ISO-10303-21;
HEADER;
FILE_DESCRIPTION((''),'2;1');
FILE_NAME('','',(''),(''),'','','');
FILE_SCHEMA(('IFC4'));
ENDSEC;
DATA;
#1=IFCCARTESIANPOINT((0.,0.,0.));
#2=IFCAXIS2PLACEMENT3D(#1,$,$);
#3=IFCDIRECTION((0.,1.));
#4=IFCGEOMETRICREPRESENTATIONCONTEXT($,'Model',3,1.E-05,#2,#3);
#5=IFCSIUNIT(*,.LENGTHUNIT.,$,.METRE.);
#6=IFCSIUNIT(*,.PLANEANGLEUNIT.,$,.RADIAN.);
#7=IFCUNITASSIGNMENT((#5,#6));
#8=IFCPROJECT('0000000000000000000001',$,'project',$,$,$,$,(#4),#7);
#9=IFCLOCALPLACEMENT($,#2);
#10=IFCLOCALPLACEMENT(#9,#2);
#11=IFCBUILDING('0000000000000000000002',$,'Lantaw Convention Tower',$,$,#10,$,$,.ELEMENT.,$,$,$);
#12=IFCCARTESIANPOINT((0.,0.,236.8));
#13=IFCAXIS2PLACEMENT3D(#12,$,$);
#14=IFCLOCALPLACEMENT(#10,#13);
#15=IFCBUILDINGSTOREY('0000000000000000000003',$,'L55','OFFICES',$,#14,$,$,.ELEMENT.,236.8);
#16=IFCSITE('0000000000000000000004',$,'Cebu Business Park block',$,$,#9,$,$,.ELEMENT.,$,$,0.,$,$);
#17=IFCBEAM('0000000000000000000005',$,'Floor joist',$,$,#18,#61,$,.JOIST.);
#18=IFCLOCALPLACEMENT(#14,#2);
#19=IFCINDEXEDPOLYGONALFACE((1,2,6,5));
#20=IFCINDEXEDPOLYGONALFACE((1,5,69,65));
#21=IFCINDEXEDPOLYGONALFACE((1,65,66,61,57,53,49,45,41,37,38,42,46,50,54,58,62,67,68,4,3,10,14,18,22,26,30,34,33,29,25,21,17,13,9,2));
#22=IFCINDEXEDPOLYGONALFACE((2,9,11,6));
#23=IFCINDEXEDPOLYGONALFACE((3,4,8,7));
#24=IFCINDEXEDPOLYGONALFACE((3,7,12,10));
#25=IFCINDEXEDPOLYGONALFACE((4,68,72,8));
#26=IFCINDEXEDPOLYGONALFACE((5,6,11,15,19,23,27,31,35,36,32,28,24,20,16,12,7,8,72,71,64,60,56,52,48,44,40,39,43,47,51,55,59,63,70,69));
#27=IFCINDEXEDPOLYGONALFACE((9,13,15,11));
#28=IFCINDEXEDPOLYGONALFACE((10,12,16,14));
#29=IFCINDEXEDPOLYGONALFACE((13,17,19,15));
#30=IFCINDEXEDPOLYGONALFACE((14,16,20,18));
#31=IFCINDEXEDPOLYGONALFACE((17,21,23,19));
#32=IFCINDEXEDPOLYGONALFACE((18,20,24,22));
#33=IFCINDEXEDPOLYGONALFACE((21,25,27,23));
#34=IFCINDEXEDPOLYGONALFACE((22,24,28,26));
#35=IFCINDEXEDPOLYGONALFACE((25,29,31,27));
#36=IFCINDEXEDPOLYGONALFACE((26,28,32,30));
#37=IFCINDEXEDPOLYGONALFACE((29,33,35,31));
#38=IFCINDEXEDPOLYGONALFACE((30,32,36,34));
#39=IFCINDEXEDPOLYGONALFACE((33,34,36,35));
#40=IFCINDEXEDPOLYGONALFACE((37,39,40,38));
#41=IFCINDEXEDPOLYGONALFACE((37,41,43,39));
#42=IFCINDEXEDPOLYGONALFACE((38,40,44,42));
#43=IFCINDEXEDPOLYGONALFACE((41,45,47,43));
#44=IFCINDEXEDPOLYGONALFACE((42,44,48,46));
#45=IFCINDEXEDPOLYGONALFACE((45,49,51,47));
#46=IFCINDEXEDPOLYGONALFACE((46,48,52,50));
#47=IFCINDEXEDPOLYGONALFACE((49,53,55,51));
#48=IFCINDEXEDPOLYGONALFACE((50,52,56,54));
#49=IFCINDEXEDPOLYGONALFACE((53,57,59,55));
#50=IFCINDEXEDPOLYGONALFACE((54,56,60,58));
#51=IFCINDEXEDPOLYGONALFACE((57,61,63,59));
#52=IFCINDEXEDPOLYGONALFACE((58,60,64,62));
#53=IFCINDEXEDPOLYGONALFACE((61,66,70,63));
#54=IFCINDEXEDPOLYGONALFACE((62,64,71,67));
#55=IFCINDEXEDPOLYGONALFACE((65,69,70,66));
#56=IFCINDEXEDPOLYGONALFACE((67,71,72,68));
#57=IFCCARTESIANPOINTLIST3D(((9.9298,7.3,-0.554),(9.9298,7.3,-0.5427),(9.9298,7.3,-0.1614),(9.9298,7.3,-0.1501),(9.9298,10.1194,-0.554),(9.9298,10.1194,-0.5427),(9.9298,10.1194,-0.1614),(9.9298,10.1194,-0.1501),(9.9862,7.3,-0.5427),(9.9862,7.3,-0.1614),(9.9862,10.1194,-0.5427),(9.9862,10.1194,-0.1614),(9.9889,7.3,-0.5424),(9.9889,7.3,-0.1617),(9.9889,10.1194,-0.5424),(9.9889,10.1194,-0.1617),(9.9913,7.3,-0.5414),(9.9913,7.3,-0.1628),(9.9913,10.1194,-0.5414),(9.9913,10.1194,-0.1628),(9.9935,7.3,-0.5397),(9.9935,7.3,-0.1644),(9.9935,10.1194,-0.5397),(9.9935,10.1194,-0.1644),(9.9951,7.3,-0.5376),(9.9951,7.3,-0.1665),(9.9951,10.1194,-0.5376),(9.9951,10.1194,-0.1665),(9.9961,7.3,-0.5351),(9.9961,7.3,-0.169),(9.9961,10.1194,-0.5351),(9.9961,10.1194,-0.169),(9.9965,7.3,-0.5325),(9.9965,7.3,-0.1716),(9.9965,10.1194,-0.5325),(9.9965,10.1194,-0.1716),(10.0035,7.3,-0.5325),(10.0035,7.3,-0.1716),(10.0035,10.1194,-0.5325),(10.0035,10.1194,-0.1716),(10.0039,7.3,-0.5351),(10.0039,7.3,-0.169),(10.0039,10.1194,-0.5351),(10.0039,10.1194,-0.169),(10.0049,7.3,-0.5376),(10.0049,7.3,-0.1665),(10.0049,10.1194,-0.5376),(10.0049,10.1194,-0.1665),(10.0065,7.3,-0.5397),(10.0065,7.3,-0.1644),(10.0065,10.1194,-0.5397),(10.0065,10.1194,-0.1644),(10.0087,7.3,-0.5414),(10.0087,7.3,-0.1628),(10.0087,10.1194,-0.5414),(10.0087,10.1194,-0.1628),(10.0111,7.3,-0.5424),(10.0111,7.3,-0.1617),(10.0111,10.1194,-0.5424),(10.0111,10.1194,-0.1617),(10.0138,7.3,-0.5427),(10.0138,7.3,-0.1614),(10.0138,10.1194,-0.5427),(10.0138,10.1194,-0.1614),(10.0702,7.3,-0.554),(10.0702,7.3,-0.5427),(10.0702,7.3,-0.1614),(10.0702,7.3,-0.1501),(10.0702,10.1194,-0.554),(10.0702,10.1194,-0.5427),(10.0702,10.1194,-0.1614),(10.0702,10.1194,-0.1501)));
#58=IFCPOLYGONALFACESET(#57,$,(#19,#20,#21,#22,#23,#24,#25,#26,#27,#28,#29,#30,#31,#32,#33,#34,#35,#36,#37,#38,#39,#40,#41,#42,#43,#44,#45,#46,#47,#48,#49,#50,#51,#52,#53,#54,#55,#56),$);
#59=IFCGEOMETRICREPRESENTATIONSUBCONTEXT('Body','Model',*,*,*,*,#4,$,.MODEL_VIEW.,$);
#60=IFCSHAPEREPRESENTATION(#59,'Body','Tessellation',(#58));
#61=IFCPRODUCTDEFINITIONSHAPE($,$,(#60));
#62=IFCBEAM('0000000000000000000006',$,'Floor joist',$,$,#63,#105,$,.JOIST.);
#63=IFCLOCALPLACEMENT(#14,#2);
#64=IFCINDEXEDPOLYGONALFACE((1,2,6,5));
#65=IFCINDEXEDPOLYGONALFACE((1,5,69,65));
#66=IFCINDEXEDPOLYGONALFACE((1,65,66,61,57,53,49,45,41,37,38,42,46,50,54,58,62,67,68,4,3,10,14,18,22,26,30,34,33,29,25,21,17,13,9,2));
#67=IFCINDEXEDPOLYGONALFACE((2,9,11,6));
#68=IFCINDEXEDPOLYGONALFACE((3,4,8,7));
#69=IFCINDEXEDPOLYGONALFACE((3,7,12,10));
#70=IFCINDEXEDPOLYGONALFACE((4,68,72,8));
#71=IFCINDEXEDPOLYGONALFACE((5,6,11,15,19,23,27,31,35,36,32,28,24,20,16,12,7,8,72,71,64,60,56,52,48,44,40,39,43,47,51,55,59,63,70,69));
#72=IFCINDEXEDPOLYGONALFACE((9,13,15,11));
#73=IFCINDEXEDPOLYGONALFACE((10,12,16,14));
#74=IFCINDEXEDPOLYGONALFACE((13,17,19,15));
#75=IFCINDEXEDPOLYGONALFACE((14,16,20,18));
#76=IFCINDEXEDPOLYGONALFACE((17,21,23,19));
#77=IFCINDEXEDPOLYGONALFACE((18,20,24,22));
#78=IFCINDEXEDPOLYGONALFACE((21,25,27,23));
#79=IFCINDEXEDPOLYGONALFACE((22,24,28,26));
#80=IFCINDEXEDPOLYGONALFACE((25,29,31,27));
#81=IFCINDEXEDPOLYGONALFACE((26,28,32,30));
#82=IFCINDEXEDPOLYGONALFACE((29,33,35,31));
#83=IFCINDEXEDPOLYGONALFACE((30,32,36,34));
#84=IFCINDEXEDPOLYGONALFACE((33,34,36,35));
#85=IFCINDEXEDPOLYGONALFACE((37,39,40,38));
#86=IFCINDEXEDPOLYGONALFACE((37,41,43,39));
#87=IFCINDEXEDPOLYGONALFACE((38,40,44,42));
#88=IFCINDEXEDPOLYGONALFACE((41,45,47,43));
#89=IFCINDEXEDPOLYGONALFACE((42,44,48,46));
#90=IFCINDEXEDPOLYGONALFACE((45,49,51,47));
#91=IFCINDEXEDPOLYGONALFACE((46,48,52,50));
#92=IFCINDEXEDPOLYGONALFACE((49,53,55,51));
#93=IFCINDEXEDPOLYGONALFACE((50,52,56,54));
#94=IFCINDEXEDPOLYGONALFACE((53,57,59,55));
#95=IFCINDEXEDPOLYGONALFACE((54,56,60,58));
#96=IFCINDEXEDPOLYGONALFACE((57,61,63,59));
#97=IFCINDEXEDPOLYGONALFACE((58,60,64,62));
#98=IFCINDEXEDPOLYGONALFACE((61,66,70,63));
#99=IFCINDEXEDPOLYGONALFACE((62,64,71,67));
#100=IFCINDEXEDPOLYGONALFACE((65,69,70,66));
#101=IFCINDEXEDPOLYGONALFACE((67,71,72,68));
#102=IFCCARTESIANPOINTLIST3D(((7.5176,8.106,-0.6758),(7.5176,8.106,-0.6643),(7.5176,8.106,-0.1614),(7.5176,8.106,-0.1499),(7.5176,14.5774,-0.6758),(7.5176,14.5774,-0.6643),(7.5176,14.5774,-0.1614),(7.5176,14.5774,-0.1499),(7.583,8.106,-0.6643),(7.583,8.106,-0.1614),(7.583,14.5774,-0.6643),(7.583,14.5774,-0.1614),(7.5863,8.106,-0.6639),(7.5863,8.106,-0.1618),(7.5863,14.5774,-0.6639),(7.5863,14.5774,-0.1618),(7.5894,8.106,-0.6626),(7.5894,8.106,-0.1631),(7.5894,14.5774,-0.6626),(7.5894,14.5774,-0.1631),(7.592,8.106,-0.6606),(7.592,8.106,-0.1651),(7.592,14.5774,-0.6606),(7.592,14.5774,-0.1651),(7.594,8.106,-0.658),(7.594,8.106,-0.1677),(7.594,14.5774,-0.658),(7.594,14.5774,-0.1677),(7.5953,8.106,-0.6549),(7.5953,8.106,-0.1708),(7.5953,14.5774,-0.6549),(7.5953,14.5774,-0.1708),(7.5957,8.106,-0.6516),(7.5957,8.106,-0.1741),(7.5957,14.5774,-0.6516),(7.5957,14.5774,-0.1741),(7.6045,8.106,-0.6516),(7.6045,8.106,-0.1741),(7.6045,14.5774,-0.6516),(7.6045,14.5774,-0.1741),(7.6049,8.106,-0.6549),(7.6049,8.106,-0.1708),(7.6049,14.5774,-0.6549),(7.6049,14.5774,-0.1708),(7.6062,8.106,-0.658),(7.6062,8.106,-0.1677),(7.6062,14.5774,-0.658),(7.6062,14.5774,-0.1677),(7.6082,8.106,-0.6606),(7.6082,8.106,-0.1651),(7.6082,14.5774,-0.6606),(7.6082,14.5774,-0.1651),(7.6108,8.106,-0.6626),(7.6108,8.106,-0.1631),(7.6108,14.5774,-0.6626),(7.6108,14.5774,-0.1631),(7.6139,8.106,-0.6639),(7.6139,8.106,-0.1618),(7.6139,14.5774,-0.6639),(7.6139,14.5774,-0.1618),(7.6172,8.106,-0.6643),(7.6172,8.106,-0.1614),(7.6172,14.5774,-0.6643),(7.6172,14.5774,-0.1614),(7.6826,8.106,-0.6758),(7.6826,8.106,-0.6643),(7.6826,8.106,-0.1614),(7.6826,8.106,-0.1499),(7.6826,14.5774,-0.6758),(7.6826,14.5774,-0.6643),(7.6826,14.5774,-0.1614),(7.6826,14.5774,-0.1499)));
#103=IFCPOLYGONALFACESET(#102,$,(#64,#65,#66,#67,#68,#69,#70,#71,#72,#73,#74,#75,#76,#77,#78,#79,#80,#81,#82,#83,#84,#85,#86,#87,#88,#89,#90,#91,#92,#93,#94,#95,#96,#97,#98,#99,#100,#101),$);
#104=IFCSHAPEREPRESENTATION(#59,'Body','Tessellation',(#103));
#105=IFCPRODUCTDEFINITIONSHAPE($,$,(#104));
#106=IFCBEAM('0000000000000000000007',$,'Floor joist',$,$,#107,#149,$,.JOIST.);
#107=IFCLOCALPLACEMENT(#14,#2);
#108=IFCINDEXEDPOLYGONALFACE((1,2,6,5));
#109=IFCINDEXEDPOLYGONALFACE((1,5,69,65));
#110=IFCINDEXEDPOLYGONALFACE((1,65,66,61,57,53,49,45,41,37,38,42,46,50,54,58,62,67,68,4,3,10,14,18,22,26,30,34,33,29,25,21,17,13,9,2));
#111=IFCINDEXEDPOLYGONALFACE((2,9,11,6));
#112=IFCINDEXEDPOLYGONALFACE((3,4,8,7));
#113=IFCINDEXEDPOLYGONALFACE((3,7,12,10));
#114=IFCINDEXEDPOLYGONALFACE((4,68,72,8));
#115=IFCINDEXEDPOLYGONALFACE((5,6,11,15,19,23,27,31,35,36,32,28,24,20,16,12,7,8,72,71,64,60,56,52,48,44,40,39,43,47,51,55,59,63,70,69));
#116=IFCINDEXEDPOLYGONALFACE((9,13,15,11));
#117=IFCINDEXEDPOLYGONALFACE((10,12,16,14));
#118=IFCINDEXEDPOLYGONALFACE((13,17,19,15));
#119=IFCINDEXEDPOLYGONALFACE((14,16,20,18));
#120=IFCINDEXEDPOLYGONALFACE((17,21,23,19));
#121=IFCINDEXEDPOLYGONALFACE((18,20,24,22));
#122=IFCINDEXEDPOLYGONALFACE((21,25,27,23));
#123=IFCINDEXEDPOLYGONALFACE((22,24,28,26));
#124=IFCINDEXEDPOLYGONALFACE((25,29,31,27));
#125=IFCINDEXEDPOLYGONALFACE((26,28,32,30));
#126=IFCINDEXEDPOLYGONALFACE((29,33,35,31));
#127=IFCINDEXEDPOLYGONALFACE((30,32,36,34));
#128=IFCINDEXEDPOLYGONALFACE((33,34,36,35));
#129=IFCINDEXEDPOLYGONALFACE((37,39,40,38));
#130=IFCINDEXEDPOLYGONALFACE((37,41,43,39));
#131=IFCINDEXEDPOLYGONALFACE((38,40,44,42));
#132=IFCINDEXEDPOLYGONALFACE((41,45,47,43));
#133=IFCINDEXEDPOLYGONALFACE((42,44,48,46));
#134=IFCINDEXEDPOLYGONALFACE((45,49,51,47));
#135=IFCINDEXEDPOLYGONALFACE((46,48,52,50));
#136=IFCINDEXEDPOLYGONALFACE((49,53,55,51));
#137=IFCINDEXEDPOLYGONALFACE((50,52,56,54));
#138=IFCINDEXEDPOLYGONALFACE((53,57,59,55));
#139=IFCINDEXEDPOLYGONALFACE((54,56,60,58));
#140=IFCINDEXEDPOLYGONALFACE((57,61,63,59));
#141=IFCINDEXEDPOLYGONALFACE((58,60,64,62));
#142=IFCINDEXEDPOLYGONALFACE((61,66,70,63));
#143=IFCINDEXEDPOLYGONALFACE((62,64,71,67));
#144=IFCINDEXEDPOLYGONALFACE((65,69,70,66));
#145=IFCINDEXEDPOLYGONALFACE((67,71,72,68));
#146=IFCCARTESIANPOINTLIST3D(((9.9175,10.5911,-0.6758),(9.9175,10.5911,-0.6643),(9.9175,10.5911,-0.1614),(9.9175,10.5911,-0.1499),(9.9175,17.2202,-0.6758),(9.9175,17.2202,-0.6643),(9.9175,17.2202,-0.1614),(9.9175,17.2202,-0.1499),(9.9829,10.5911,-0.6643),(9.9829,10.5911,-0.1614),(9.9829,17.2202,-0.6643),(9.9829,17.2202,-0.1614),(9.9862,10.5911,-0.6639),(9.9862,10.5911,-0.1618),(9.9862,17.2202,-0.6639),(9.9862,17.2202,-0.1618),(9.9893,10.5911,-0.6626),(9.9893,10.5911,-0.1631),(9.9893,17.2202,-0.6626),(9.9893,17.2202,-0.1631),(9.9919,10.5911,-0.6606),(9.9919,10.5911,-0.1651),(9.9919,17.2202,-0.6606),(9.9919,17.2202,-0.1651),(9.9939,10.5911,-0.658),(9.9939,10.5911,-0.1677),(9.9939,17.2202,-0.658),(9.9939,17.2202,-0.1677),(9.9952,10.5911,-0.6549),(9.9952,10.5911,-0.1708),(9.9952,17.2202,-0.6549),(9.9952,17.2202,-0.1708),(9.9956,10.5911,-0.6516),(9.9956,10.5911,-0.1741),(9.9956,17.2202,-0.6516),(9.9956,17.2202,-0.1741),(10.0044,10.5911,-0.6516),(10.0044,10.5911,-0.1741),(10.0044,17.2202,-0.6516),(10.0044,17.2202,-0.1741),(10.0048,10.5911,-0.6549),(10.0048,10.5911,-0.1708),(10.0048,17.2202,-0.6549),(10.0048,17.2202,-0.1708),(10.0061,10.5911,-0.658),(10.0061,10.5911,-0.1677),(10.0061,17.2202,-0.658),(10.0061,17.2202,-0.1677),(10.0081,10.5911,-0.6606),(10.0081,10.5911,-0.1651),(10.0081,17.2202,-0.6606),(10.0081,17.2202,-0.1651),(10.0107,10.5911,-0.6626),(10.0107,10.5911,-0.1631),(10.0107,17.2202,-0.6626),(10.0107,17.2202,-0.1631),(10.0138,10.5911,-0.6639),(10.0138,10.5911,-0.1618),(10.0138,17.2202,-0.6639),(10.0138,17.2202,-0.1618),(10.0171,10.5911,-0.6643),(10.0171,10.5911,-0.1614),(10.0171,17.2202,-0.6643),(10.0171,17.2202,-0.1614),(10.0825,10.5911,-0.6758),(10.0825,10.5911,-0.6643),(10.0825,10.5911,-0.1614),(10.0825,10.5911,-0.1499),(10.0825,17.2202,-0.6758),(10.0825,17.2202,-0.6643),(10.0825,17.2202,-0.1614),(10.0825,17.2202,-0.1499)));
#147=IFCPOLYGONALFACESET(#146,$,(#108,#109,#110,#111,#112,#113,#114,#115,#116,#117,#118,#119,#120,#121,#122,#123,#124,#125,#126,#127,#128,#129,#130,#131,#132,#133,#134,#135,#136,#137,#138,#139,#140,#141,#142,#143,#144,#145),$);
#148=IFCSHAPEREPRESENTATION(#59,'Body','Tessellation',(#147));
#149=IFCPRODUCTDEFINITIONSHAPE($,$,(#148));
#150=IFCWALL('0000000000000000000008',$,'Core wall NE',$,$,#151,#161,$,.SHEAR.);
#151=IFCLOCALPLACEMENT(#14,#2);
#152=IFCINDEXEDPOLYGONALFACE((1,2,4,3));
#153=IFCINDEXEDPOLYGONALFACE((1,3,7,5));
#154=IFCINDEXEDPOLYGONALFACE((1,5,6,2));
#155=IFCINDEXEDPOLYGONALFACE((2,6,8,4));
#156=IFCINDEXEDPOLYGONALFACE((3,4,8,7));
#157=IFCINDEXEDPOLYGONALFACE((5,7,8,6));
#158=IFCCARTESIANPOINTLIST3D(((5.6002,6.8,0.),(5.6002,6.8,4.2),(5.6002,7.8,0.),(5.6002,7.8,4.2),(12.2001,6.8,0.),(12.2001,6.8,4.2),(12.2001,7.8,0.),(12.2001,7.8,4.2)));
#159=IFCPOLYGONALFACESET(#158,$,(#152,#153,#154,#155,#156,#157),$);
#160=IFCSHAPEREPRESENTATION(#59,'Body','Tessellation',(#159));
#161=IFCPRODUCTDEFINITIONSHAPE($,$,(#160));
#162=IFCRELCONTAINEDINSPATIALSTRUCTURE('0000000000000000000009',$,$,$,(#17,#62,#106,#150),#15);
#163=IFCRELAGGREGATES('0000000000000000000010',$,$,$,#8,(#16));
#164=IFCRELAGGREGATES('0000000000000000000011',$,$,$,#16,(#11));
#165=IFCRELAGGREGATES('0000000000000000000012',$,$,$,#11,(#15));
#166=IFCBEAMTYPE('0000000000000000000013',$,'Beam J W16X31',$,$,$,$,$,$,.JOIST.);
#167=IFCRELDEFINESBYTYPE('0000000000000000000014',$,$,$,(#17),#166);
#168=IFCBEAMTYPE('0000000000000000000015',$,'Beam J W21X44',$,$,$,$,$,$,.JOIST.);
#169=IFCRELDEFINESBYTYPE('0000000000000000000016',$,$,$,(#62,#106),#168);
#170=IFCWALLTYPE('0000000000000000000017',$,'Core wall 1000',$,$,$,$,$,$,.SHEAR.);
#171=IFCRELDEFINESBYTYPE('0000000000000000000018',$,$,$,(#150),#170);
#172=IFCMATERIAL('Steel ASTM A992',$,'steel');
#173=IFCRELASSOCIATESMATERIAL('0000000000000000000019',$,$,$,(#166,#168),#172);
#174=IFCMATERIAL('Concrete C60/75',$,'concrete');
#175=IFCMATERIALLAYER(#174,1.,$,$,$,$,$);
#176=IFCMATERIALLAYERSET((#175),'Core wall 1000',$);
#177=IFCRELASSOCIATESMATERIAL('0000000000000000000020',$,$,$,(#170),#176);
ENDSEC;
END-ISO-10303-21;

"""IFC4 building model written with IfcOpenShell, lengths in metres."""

from ifc_helpers import new_model, si_unit, direction, frame, frame_2d, origin, origin_2d, place, context, subcontext, project, spatial, rectangle, i_section, extrude, material, layer, layer_set, material_profile, profile_set, type_object, element, save


model = new_model("IFC4")

# Units and contexts
model_context = context("Model", 3, precision=1e-05, world=origin(), true_north=direction((0.0, 1.0)))
body_context = subcontext(model_context, "Body", "Model", "MODEL_VIEW")
ifc_project = project(units=[si_unit("LENGTHUNIT", "METRE"), si_unit("PLANEANGLEUNIT", "RADIAN")], contexts=[model_context])

# Site, building, storey
site_placement = place(None, origin())
site = spatial("IfcSite", under=ifc_project, at=site_placement, Name="Cebu Business Park block", CompositionType="ELEMENT", RefElevation=0.0)
building_placement = place(site_placement, origin())
building = spatial("IfcBuilding", under=site, at=building_placement, Name="Lantaw Convention Tower", CompositionType="ELEMENT")
storey_placement = place(building_placement, frame((0.0, 0.0, 236.8)))
storey = spatial("IfcBuildingStorey", under=building, at=storey_placement, Name="L55", Description="OFFICES", CompositionType="ELEMENT", Elevation=236.8)

# Beams
ifc_material_1 = material(Name="Steel ASTM A992", Category="steel")
ifc_material_profile_1 = material_profile(ifc_material_1, i_section(OverallWidth=0.1404, OverallDepth=0.4038, WebThickness=0.0071, FlangeThickness=0.0112, FilletRadius=0.0103, at=origin_2d()), Name="W16X31")
ifc_profile_set_1 = profile_set([ifc_material_profile_1], Name="Steel ASTM A992")
beam_type_1 = type_object("IfcBeamType", Name="Beam J W16X31", PredefinedType="JOIST", material=ifc_profile_set_1)
beam_1_placement = place(storey_placement, frame((10.0, 7.3, -0.3521), z_axis=(0.0, 1.0, 0.0), x_axis=(-1.0, 0.0, 0.0)))
element("IfcBeam", 1, at=beam_1_placement, inside=storey, type_object=beam_type_1, Name="Floor joist", PredefinedType="JOIST", context=body_context, shape_type="SweptSolid", body=[
    extrude(i_section(OverallWidth=0.1404, OverallDepth=0.4038, WebThickness=0.0071, FlangeThickness=0.0112, FilletRadius=0.0103, at=origin_2d()), origin(), (0.0, 0.0, 1.0), 2.8193),
])
ifc_material_profile_2 = material_profile(ifc_material_1, i_section(OverallWidth=0.165, OverallDepth=0.5259, WebThickness=0.0088, FlangeThickness=0.0115, FilletRadius=0.0127, at=origin_2d()), Name="W21X44")
ifc_profile_set_2 = profile_set([ifc_material_profile_2], Name="Steel ASTM A992")
beam_type_2 = type_object("IfcBeamType", Name="Beam J W21X44", PredefinedType="JOIST", material=ifc_profile_set_2)
beam_2_placement = place(storey_placement, frame((7.6001, 8.106, -0.4128), z_axis=(0.0, 1.0, 0.0), x_axis=(-1.0, 0.0, 0.0)))
element("IfcBeam", 2, at=beam_2_placement, inside=storey, type_object=beam_type_2, Name="Floor joist", PredefinedType="JOIST", context=body_context, shape_type="SweptSolid", body=[
    extrude(i_section(OverallWidth=0.165, OverallDepth=0.5259, WebThickness=0.0088, FlangeThickness=0.0115, FilletRadius=0.0127, at=origin_2d()), origin(), (0.0, 0.0, 1.0), 6.4714),
])
beam_3_placement = place(storey_placement, frame((10.0, 10.5911, -0.4128), z_axis=(0.0, 1.0, 0.0), x_axis=(-1.0, 0.0, 0.0)))
element("IfcBeam", 3, at=beam_3_placement, inside=storey, type_object=beam_type_2, Name="Floor joist", PredefinedType="JOIST", context=body_context, shape_type="SweptSolid", body=[
    extrude(i_section(OverallWidth=0.165, OverallDepth=0.5259, WebThickness=0.0088, FlangeThickness=0.0115, FilletRadius=0.0127, at=origin_2d()), origin(), (0.0, 0.0, 1.0), 6.6292),
])

# Wall
ifc_material_2 = material(Name="Concrete C60/75", Category="concrete")
ifc_layer_1 = layer(ifc_material_2, 1.0)
ifc_layer_set_1 = layer_set([ifc_layer_1], Name="Core wall 1000")
wall_type_1 = type_object("IfcWallType", Name="Core wall 1000", PredefinedType="SHEAR", material=ifc_layer_set_1)
wall_1_placement = place(storey_placement, frame((12.2, 7.3, 0.0), z_axis=(0.0, 0.0, 1.0), x_axis=(-1.0, 0.0, 0.0)))
element("IfcWall", 4, at=wall_1_placement, inside=storey, type_object=wall_type_1, Name="Core wall NE", PredefinedType="SHEAR", context=body_context, shape_type="SweptSolid", body=[
    extrude(rectangle(XDim=6.5999, YDim=1.0, at=frame_2d((3.2998, 0.0))), origin(), (0.0, 0.0, 1.0), 4.2),
])

save(model, "model.ifc")
